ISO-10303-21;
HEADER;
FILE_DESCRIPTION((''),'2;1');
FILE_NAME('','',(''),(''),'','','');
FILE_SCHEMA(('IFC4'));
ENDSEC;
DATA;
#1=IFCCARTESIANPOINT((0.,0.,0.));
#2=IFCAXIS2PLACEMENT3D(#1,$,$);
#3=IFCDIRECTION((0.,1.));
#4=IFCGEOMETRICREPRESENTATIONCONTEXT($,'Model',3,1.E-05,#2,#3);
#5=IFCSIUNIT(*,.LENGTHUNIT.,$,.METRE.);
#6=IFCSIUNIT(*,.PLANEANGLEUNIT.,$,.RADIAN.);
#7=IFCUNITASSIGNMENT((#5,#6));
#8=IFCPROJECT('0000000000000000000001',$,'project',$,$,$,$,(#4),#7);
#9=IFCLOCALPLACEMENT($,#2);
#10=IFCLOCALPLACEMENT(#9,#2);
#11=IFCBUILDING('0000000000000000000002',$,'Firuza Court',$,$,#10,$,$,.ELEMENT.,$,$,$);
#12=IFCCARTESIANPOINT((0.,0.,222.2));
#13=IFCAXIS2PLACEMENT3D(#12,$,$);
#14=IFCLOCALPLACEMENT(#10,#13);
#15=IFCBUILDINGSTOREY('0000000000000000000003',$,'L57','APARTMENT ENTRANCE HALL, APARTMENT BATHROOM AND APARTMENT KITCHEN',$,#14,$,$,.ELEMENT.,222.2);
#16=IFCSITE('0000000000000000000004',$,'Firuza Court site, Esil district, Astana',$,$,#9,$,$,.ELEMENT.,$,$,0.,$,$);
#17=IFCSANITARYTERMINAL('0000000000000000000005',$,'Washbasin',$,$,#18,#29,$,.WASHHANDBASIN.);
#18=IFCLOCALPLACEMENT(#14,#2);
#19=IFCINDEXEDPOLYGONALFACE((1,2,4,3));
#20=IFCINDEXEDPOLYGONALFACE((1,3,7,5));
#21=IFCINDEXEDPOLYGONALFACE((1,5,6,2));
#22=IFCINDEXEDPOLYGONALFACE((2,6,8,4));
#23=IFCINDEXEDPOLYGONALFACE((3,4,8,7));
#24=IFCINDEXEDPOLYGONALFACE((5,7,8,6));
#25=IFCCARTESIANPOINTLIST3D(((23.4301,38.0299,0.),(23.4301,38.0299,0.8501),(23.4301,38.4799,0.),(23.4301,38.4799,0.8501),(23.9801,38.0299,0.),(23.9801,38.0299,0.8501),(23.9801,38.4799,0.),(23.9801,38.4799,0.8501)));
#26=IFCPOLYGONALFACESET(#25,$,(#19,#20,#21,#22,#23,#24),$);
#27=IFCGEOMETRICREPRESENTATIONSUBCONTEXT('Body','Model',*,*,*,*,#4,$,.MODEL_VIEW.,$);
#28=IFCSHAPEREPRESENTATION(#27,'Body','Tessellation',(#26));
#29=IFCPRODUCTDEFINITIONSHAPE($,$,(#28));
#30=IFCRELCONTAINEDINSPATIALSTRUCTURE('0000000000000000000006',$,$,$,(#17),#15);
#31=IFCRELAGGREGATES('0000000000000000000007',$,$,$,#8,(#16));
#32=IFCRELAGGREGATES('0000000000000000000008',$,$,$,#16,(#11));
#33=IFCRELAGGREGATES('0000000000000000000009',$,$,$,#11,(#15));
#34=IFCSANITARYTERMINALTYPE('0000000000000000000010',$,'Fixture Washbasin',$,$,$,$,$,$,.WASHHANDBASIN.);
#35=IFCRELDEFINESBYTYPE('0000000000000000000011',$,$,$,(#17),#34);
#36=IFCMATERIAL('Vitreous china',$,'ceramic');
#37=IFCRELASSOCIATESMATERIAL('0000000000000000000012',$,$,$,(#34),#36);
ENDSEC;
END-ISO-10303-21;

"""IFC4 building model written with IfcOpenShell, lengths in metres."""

from ifc_helpers import new_model, si_unit, direction, frame, origin, origin_2d, place, context, subcontext, project, spatial, rectangle, extrude, material, type_object, element, save


model = new_model("IFC4")

# Units and contexts
model_context = context("Model", 3, precision=1e-05, world=origin(), true_north=direction((0.0, 1.0)))
body_context = subcontext(model_context, "Body", "Model", "MODEL_VIEW")
ifc_project = project(units=[si_unit("LENGTHUNIT", "METRE"), si_unit("PLANEANGLEUNIT", "RADIAN")], contexts=[model_context])

# Site, building, storey
site_placement = place(None, origin())
site = spatial("IfcSite", under=ifc_project, at=site_placement, Name="Firuza Court site, Esil district, Astana", CompositionType="ELEMENT", RefElevation=0.0)
building_placement = place(site_placement, origin())
building = spatial("IfcBuilding", under=site, at=building_placement, Name="Firuza Court", CompositionType="ELEMENT")
storey_placement = place(building_placement, frame((0.0, 0.0, 222.2)))
storey = spatial("IfcBuildingStorey", under=building, at=storey_placement, Name="L57", Description="APARTMENT ENTRANCE HALL, APARTMENT BATHROOM AND APARTMENT KITCHEN", CompositionType="ELEMENT", Elevation=222.2)

# Sanitary terminal
ifc_material_1 = material(Name="Vitreous china", Category="ceramic")
sanitary_terminal_type_1 = type_object("IfcSanitaryTerminalType", Name="Fixture Washbasin", PredefinedType="WASHHANDBASIN", material=ifc_material_1)
sanitary_terminal_1_placement = place(storey_placement, frame((23.7051, 38.2549, 0.0), z_axis=(0.0, 0.0, 1.0), x_axis=(1.0, 0.0, 0.0)))
element("IfcSanitaryTerminal", 1, at=sanitary_terminal_1_placement, inside=storey, type_object=sanitary_terminal_type_1, Name="Washbasin", PredefinedType="WASHHANDBASIN", context=body_context, shape_type="SweptSolid", body=[
    extrude(rectangle(XDim=0.55, YDim=0.45, at=origin_2d()), origin(), (0.0, 0.0, 1.0), 0.8501),
])

save(model, "model.ifc")
